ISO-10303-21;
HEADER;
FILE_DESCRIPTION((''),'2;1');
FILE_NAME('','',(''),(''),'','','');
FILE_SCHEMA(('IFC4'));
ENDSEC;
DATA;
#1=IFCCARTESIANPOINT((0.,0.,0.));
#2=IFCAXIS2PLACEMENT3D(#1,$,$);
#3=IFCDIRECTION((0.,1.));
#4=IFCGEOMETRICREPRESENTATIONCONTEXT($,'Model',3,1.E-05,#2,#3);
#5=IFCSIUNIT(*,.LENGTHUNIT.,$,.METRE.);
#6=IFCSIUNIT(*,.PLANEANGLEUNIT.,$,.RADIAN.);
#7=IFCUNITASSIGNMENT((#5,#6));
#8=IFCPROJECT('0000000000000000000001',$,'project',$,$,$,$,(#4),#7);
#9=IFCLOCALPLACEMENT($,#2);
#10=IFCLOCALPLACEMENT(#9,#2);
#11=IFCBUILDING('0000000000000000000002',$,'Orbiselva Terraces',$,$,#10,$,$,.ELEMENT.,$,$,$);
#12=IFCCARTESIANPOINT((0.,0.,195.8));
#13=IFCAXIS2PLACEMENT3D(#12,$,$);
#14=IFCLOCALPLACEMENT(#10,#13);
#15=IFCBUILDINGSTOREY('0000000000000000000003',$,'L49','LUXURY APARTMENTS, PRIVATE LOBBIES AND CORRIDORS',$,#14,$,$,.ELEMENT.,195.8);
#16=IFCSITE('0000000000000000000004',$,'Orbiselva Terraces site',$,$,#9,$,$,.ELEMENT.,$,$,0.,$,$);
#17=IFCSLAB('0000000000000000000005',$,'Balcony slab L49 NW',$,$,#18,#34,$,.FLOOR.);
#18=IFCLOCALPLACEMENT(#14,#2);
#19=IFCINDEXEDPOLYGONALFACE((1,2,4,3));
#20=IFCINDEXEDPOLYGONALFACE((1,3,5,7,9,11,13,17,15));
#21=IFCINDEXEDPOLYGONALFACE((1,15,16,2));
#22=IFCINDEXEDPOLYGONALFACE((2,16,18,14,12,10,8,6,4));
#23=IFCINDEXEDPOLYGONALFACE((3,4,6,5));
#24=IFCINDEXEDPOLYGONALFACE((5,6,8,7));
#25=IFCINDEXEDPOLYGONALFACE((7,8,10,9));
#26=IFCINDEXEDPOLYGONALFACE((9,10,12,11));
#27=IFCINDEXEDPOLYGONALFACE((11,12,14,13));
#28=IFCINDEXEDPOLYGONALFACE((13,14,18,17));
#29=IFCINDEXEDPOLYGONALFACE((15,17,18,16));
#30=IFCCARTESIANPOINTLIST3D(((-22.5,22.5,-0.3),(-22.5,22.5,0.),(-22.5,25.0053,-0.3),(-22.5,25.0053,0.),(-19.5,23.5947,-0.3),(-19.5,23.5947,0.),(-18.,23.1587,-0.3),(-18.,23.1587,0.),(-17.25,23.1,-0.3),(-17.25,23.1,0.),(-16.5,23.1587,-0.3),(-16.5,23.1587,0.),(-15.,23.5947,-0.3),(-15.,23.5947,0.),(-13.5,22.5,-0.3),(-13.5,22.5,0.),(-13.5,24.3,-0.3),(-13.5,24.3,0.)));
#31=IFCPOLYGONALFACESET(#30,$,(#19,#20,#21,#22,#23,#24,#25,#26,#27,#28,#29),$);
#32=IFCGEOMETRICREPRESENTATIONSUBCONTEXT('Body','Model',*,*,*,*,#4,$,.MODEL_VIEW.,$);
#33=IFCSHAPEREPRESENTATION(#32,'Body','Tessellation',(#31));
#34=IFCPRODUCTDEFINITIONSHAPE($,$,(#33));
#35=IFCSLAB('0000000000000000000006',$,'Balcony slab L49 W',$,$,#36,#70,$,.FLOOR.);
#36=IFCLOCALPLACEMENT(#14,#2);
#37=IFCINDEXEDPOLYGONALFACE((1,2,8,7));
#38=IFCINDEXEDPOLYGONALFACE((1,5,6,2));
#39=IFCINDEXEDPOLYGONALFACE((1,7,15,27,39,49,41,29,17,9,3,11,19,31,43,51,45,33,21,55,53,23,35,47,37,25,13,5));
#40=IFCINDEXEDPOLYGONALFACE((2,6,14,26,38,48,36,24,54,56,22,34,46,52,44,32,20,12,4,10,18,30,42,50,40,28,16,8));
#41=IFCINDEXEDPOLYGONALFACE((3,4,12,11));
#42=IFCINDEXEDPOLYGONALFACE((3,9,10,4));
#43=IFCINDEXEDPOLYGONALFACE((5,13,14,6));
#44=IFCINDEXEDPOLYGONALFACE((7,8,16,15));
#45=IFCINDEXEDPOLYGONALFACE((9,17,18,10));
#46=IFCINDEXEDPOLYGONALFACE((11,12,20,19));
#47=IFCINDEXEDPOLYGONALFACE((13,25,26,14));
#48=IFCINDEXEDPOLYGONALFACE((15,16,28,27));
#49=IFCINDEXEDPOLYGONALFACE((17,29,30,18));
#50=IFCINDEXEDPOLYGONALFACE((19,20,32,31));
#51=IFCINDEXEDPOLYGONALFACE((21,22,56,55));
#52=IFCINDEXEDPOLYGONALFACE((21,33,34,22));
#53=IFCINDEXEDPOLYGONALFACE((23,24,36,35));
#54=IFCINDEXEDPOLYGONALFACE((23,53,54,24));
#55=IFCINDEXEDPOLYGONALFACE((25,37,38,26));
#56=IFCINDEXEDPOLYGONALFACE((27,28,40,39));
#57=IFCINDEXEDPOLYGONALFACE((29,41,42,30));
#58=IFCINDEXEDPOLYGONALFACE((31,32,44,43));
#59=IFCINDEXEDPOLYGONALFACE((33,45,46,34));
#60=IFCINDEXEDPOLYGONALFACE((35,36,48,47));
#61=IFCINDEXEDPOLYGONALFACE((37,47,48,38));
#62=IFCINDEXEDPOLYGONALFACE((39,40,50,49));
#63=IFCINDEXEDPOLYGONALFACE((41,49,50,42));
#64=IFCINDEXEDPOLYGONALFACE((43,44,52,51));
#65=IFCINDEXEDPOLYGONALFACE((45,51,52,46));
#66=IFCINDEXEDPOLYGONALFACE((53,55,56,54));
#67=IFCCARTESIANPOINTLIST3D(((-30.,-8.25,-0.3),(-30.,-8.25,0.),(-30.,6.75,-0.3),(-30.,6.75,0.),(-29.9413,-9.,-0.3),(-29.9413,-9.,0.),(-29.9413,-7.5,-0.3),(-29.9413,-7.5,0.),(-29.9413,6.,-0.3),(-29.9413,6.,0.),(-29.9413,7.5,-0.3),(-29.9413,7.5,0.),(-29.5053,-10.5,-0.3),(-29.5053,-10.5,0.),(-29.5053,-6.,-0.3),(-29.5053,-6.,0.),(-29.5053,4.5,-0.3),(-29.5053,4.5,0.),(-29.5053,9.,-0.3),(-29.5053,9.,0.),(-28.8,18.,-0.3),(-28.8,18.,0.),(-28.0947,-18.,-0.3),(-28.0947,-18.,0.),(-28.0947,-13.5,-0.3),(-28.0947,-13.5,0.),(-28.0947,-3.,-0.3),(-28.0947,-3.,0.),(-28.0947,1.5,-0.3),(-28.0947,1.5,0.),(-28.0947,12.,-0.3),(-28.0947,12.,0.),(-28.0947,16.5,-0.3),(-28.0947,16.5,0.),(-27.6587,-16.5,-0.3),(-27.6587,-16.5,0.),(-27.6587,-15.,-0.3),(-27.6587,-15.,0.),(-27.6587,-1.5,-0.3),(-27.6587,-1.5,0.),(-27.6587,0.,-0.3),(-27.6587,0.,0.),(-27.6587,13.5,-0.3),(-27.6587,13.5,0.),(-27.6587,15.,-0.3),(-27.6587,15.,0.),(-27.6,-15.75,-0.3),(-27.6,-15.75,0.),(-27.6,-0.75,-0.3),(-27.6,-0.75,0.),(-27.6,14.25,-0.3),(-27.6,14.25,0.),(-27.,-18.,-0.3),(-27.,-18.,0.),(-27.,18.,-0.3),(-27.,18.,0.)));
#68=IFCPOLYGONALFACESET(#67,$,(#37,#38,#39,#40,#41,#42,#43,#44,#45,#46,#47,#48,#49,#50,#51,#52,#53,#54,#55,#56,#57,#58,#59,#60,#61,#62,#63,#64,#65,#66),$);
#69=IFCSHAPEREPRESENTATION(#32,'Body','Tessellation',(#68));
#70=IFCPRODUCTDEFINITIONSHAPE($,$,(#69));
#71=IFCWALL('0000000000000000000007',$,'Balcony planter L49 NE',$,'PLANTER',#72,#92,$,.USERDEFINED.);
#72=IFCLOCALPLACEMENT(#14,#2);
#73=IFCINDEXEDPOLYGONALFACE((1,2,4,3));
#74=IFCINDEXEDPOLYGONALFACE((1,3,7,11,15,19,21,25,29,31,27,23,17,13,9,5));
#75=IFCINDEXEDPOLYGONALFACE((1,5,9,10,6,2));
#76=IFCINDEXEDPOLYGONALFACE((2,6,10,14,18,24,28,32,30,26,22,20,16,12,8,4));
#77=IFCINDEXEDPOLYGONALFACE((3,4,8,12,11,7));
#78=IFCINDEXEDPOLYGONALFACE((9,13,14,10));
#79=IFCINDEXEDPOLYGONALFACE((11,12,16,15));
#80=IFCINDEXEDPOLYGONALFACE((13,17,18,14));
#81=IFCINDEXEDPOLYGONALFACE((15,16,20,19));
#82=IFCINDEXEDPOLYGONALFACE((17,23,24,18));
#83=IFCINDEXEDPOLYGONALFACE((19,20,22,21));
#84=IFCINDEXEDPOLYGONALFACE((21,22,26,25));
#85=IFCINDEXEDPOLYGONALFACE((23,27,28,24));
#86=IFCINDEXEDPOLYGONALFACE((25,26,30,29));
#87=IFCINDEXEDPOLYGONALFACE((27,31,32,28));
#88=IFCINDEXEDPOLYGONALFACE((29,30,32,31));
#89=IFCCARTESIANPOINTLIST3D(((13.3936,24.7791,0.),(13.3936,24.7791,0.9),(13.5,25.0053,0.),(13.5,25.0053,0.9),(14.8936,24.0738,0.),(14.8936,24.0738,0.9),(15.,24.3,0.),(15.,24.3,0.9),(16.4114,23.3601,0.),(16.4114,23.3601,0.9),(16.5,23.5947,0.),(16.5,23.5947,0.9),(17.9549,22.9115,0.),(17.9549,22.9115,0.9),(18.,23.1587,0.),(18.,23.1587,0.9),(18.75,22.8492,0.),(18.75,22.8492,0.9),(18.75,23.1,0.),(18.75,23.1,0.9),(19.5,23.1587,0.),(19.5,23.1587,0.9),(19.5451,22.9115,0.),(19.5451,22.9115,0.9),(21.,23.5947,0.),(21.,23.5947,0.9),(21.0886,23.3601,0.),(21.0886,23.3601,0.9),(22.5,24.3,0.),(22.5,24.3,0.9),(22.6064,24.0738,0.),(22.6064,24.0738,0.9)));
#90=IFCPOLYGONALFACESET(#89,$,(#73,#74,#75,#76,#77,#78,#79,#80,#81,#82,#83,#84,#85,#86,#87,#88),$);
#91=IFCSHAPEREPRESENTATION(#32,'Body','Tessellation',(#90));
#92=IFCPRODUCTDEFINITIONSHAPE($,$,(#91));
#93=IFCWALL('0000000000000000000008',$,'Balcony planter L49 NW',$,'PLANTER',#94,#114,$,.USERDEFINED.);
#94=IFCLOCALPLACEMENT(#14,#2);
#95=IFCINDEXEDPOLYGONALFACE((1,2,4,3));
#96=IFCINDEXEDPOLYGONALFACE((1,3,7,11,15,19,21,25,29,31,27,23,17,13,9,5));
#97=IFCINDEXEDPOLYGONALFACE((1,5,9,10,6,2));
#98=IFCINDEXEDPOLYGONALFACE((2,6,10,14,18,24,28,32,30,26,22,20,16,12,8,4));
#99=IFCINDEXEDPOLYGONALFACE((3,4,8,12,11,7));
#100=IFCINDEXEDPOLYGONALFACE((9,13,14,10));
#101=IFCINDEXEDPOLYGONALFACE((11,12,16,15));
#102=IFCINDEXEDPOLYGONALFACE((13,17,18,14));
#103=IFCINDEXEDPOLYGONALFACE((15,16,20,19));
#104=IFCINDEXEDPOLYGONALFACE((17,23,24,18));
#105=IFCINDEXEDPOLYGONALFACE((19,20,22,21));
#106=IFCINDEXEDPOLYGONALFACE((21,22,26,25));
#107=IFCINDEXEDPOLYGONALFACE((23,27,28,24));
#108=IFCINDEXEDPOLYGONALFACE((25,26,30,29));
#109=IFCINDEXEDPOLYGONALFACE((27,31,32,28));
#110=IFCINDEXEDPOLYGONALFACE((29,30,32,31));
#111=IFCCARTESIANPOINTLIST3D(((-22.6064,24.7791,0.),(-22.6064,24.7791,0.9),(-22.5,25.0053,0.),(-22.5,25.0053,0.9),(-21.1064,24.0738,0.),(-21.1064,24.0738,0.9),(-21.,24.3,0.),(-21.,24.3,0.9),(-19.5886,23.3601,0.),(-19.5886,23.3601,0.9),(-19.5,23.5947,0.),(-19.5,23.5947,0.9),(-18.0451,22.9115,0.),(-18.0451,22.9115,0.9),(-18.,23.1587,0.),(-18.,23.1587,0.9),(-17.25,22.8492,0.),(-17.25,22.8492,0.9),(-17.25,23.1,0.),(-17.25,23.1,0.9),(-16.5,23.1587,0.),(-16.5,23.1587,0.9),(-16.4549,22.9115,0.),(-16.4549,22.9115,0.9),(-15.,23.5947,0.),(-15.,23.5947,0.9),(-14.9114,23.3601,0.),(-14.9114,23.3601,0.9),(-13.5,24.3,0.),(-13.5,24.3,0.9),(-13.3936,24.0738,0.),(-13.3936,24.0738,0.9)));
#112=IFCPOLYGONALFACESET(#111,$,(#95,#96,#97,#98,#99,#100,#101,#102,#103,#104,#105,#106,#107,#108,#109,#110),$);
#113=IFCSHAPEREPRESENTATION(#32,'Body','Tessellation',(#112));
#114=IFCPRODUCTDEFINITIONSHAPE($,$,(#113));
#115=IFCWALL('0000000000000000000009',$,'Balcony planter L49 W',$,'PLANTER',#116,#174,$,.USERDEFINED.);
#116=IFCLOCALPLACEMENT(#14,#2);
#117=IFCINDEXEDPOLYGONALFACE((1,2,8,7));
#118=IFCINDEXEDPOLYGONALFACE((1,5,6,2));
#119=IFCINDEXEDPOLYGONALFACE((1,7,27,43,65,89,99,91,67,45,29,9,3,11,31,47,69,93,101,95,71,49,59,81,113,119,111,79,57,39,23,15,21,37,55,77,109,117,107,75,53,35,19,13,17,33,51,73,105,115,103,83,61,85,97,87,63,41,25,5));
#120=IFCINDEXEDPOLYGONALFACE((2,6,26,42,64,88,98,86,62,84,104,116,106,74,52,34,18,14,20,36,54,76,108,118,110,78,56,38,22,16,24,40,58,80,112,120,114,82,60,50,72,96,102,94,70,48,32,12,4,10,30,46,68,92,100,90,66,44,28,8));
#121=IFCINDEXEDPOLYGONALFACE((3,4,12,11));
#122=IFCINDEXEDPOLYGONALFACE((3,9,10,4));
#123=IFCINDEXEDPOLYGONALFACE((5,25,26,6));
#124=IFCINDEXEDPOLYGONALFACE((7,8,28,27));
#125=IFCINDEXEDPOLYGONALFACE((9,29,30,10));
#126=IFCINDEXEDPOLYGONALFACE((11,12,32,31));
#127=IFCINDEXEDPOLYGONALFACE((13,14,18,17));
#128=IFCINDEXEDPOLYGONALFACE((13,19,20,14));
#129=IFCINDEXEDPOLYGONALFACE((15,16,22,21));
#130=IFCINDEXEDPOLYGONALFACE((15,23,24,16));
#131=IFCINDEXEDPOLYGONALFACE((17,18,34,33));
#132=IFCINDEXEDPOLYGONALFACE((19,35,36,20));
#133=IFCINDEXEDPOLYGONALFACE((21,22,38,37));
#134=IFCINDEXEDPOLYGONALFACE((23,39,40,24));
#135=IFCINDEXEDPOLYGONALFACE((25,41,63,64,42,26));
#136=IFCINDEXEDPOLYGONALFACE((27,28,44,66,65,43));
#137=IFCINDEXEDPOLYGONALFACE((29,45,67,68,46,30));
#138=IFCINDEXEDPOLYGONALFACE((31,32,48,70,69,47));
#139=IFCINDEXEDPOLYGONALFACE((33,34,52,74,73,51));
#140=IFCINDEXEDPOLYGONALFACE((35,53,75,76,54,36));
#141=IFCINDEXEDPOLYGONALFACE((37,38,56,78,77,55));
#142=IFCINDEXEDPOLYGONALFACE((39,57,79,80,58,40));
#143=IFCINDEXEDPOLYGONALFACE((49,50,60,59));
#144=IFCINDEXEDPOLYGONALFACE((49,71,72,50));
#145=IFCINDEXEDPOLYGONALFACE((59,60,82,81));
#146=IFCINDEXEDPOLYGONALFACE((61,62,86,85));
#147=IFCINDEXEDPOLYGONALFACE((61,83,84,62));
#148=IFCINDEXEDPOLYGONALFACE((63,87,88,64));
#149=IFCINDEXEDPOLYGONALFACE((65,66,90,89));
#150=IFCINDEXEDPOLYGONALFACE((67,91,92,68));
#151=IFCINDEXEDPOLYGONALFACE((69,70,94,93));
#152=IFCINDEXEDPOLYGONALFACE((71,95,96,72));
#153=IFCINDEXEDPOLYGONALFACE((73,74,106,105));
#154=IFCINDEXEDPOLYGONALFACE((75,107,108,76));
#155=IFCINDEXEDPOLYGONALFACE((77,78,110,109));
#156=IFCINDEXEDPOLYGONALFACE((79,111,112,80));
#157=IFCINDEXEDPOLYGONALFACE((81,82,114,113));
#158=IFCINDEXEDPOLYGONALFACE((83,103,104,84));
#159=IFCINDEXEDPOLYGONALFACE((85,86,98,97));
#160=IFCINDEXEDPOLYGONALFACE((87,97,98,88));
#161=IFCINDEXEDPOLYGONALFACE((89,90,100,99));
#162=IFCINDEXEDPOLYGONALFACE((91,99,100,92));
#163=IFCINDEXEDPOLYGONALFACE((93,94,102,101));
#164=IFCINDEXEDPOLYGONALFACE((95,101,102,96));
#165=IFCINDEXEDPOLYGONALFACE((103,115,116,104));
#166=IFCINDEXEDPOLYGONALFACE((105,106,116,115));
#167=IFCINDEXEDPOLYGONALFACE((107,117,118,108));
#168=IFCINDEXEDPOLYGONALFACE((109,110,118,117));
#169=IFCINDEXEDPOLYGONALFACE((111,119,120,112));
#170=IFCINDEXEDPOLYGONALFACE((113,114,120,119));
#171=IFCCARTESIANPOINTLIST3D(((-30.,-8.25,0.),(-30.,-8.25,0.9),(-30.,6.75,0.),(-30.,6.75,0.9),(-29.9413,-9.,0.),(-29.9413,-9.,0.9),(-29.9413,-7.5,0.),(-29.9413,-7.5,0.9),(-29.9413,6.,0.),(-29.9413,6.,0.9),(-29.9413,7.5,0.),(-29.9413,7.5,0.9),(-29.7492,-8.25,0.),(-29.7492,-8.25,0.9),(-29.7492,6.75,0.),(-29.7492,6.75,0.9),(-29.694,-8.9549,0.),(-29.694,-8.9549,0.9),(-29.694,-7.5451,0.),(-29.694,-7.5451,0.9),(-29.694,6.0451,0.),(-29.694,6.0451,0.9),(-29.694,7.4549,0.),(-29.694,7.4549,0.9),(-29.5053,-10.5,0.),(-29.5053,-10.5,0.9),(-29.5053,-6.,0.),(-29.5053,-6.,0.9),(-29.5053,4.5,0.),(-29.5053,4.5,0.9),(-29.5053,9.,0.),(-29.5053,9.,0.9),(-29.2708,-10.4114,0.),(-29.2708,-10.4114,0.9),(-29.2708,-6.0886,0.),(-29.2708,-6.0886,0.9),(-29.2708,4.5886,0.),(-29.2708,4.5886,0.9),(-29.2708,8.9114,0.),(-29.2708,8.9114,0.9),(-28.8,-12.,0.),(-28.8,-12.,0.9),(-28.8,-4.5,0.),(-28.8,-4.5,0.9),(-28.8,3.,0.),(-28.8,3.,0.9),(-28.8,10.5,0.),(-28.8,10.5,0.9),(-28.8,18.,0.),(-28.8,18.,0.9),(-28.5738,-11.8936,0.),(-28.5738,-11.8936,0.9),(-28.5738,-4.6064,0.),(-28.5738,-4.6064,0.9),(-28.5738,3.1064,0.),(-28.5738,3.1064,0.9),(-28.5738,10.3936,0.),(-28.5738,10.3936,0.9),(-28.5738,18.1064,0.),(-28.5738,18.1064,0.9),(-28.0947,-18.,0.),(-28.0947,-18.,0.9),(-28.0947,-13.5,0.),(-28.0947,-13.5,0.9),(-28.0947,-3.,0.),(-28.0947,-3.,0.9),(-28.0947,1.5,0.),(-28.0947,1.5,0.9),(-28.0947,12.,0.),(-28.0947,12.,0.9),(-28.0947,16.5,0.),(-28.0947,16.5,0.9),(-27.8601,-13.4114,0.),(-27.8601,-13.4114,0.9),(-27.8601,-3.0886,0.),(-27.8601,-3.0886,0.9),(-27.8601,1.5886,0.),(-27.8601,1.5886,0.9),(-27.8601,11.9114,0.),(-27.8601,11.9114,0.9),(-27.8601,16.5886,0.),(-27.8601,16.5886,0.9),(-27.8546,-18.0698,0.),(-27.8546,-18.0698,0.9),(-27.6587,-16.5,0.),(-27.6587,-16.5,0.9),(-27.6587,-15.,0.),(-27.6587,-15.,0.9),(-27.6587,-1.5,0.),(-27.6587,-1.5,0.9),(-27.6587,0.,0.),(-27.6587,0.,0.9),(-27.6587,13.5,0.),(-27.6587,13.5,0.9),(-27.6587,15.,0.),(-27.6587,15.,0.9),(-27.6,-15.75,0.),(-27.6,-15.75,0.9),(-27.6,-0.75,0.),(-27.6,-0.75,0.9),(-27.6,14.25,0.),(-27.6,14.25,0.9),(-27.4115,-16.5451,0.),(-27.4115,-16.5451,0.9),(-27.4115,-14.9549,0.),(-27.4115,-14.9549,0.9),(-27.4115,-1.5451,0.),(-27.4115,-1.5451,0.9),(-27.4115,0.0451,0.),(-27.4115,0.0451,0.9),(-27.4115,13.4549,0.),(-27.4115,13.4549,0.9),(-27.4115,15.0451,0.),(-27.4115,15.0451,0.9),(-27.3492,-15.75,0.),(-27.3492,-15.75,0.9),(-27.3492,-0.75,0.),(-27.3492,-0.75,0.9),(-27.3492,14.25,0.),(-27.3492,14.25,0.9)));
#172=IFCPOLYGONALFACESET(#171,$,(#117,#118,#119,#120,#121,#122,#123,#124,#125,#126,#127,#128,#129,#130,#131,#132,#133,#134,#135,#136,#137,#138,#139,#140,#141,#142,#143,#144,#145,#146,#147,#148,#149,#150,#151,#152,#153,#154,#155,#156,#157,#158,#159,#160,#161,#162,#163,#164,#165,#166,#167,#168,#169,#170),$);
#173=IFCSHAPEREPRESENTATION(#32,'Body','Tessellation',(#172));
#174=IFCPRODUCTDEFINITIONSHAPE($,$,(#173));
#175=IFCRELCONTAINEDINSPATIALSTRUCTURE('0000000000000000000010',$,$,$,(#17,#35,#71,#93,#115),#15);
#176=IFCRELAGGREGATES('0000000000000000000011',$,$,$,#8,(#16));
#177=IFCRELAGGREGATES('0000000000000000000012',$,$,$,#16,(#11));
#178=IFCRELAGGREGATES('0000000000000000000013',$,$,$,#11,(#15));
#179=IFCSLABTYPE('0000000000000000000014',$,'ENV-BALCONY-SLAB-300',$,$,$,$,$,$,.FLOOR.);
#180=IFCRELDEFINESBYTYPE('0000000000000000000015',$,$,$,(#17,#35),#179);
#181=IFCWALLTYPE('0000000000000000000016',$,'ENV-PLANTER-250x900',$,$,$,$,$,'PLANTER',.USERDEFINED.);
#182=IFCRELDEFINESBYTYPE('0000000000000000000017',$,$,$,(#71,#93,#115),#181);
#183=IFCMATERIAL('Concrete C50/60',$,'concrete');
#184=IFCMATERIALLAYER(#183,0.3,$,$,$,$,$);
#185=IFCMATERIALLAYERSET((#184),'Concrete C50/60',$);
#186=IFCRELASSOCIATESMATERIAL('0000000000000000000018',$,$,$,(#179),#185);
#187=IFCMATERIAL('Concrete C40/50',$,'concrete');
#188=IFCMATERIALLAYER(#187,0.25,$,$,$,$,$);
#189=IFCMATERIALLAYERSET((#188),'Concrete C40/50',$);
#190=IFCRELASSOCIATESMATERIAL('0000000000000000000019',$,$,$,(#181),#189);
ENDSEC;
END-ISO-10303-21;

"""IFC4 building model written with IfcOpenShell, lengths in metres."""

from ifc_helpers import new_model, si_unit, direction, frame, origin, place, context, subcontext, project, spatial, polyline, outline, extrude, material, layer, layer_set, type_object, element, save


model = new_model("IFC4")

# Units and contexts
model_context = context("Model", 3, precision=1e-05, world=origin(), true_north=direction((0.0, 1.0)))
body_context = subcontext(model_context, "Body", "Model", "MODEL_VIEW")
ifc_project = project(units=[si_unit("LENGTHUNIT", "METRE"), si_unit("PLANEANGLEUNIT", "RADIAN")], contexts=[model_context])

# Site, building, storey
site_placement = place(None, origin())
site = spatial("IfcSite", under=ifc_project, at=site_placement, Name="Orbiselva Terraces site", CompositionType="ELEMENT", RefElevation=0.0)
building_placement = place(site_placement, origin())
building = spatial("IfcBuilding", under=site, at=building_placement, Name="Orbiselva Terraces", CompositionType="ELEMENT")
storey_placement = place(building_placement, frame((0.0, 0.0, 195.8)))
storey = spatial("IfcBuildingStorey", under=building, at=storey_placement, Name="L49", Description="LUXURY APARTMENTS, PRIVATE LOBBIES AND CORRIDORS", CompositionType="ELEMENT", Elevation=195.8)

# Shared definitions
ifc_material_1 = material(Name="Concrete C40/50", Category="concrete")

# Slabs
ifc_material_2 = material(Name="Concrete C50/60", Category="concrete")
ifc_layer_1 = layer(ifc_material_2, 0.3)
ifc_layer_set_1 = layer_set([ifc_layer_1], Name="Concrete C50/60")
slab_type_1 = type_object("IfcSlabType", Name="ENV-BALCONY-SLAB-300", PredefinedType="FLOOR", material=ifc_layer_set_1)
slab_1_placement = place(storey_placement, frame((0.0, 0.0, -0.3)))
element("IfcSlab", 1, at=slab_1_placement, inside=storey, type_object=slab_type_1, Name="Balcony slab L49 NW", PredefinedType="FLOOR", context=body_context, shape_type="SweptSolid", body=[
    extrude(outline(polyline([(-13.5, 24.3), (-15.0, 23.5947), (-16.5, 23.1587), (-17.25, 23.1), (-18.0, 23.1587), (-19.5, 23.5947), (-22.5, 25.0053), (-22.5, 22.5), (-13.5, 22.5), (-13.5, 24.3)])), origin(), (0.0, 0.0, 1.0), 0.3),
])
slab_2_placement = place(storey_placement, frame((0.0, 0.0, -0.3)))
element("IfcSlab", 2, at=slab_2_placement, inside=storey, type_object=slab_type_1, Name="Balcony slab L49 W", PredefinedType="FLOOR", context=body_context, shape_type="SweptSolid", body=[
    extrude(outline(polyline([(-28.8, 18.0), (-28.0947, 16.5), (-27.6587, 15.0), (-27.6, 14.25), (-27.6587, 13.5), (-28.0947, 12.0), (-29.5053, 9.0), (-29.9413, 7.5), (-30.0, 6.75), (-29.9413, 6.0), (-29.5053, 4.5), (-28.0947, 1.5), (-27.6587, 0.0), (-27.6, -0.75), (-27.6587, -1.5), (-28.0947, -3.0), (-29.5053, -6.0), (-29.9413, -7.5), (-30.0, -8.25), (-29.9413, -9.0), (-29.5053, -10.5), (-28.0947, -13.5), (-27.6587, -15.0), (-27.6, -15.75), (-27.6587, -16.5), (-28.0947, -18.0), (-27.0, -18.0), (-27.0, 18.0), (-28.8, 18.0)])), origin(), (0.0, 0.0, 1.0), 0.3),
])

# Walls
ifc_layer_2 = layer(ifc_material_1, 0.25)
ifc_layer_set_2 = layer_set([ifc_layer_2], Name="Concrete C40/50")
wall_type_1 = type_object("IfcWallType", Name="ENV-PLANTER-250x900", ElementType="PLANTER", PredefinedType="USERDEFINED", material=ifc_layer_set_2)
wall_1_placement = place(storey_placement, origin())
element("IfcWall", 3, at=wall_1_placement, inside=storey, type_object=wall_type_1, Name="Balcony planter L49 NE", ObjectType="PLANTER", PredefinedType="USERDEFINED", context=body_context, shape_type="SweptSolid", body=[
    extrude(outline(polyline([(22.5, 24.3), (21.0, 23.5947), (19.5, 23.1587), (18.75, 23.1), (18.0, 23.1587), (16.5, 23.5947), (15.0, 24.3), (13.5, 25.0053), (13.3936, 24.7791), (14.8936, 24.0738), (16.4114, 23.3601), (17.9549, 22.9115), (18.75, 22.8492), (19.5451, 22.9115), (21.0886, 23.3601), (22.6064, 24.0738), (22.5, 24.3)])), origin(), (0.0, 0.0, 1.0), 0.9),
])
wall_2_placement = place(storey_placement, origin())
element("IfcWall", 4, at=wall_2_placement, inside=storey, type_object=wall_type_1, Name="Balcony planter L49 NW", ObjectType="PLANTER", PredefinedType="USERDEFINED", context=body_context, shape_type="SweptSolid", body=[
    extrude(outline(polyline([(-13.5, 24.3), (-15.0, 23.5947), (-16.5, 23.1587), (-17.25, 23.1), (-18.0, 23.1587), (-19.5, 23.5947), (-21.0, 24.3), (-22.5, 25.0053), (-22.6064, 24.7791), (-21.1064, 24.0738), (-19.5886, 23.3601), (-18.0451, 22.9115), (-17.25, 22.8492), (-16.4549, 22.9115), (-14.9114, 23.3601), (-13.3936, 24.0738), (-13.5, 24.3)])), origin(), (0.0, 0.0, 1.0), 0.9),
])
wall_3_placement = place(storey_placement, origin())
element("IfcWall", 5, at=wall_3_placement, inside=storey, type_object=wall_type_1, Name="Balcony planter L49 W", ObjectType="PLANTER", PredefinedType="USERDEFINED", context=body_context, shape_type="SweptSolid", body=[
    extrude(outline(polyline([(-28.8, 18.0), (-28.0947, 16.5), (-27.6587, 15.0), (-27.6, 14.25), (-27.6587, 13.5), (-28.0947, 12.0), (-28.8, 10.5), (-29.5053, 9.0), (-29.9413, 7.5), (-30.0, 6.75), (-29.9413, 6.0), (-29.5053, 4.5), (-28.8, 3.0), (-28.0947, 1.5), (-27.6587, 0.0), (-27.6, -0.75), (-27.6587, -1.5), (-28.0947, -3.0), (-28.8, -4.5), (-29.5053, -6.0), (-29.9413, -7.5), (-30.0, -8.25), (-29.9413, -9.0), (-29.5053, -10.5), (-28.8, -12.0), (-28.0947, -13.5), (-27.6587, -15.0), (-27.6, -15.75), (-27.6587, -16.5), (-28.0947, -18.0), (-27.8546, -18.0698), (-27.4115, -16.5451), (-27.3492, -15.75), (-27.4115, -14.9549), (-27.8601, -13.4114), (-28.5738, -11.8936), (-29.2708, -10.4114), (-29.694, -8.9549), (-29.7492, -8.25), (-29.694, -7.5451), (-29.2708, -6.0886), (-28.5738, -4.6064), (-27.8601, -3.0886), (-27.4115, -1.5451), (-27.3492, -0.75), (-27.4115, 0.0451), (-27.8601, 1.5886), (-28.5738, 3.1064), (-29.2708, 4.5886), (-29.694, 6.0451), (-29.7492, 6.75), (-29.694, 7.4549), (-29.2708, 8.9114), (-28.5738, 10.3936), (-27.8601, 11.9114), (-27.4115, 13.4549), (-27.3492, 14.25), (-27.4115, 15.0451), (-27.8601, 16.5886), (-28.5738, 18.1064), (-28.8, 18.0)])), origin(), (0.0, 0.0, 1.0), 0.9),
])

save(model, "model.ifc")
